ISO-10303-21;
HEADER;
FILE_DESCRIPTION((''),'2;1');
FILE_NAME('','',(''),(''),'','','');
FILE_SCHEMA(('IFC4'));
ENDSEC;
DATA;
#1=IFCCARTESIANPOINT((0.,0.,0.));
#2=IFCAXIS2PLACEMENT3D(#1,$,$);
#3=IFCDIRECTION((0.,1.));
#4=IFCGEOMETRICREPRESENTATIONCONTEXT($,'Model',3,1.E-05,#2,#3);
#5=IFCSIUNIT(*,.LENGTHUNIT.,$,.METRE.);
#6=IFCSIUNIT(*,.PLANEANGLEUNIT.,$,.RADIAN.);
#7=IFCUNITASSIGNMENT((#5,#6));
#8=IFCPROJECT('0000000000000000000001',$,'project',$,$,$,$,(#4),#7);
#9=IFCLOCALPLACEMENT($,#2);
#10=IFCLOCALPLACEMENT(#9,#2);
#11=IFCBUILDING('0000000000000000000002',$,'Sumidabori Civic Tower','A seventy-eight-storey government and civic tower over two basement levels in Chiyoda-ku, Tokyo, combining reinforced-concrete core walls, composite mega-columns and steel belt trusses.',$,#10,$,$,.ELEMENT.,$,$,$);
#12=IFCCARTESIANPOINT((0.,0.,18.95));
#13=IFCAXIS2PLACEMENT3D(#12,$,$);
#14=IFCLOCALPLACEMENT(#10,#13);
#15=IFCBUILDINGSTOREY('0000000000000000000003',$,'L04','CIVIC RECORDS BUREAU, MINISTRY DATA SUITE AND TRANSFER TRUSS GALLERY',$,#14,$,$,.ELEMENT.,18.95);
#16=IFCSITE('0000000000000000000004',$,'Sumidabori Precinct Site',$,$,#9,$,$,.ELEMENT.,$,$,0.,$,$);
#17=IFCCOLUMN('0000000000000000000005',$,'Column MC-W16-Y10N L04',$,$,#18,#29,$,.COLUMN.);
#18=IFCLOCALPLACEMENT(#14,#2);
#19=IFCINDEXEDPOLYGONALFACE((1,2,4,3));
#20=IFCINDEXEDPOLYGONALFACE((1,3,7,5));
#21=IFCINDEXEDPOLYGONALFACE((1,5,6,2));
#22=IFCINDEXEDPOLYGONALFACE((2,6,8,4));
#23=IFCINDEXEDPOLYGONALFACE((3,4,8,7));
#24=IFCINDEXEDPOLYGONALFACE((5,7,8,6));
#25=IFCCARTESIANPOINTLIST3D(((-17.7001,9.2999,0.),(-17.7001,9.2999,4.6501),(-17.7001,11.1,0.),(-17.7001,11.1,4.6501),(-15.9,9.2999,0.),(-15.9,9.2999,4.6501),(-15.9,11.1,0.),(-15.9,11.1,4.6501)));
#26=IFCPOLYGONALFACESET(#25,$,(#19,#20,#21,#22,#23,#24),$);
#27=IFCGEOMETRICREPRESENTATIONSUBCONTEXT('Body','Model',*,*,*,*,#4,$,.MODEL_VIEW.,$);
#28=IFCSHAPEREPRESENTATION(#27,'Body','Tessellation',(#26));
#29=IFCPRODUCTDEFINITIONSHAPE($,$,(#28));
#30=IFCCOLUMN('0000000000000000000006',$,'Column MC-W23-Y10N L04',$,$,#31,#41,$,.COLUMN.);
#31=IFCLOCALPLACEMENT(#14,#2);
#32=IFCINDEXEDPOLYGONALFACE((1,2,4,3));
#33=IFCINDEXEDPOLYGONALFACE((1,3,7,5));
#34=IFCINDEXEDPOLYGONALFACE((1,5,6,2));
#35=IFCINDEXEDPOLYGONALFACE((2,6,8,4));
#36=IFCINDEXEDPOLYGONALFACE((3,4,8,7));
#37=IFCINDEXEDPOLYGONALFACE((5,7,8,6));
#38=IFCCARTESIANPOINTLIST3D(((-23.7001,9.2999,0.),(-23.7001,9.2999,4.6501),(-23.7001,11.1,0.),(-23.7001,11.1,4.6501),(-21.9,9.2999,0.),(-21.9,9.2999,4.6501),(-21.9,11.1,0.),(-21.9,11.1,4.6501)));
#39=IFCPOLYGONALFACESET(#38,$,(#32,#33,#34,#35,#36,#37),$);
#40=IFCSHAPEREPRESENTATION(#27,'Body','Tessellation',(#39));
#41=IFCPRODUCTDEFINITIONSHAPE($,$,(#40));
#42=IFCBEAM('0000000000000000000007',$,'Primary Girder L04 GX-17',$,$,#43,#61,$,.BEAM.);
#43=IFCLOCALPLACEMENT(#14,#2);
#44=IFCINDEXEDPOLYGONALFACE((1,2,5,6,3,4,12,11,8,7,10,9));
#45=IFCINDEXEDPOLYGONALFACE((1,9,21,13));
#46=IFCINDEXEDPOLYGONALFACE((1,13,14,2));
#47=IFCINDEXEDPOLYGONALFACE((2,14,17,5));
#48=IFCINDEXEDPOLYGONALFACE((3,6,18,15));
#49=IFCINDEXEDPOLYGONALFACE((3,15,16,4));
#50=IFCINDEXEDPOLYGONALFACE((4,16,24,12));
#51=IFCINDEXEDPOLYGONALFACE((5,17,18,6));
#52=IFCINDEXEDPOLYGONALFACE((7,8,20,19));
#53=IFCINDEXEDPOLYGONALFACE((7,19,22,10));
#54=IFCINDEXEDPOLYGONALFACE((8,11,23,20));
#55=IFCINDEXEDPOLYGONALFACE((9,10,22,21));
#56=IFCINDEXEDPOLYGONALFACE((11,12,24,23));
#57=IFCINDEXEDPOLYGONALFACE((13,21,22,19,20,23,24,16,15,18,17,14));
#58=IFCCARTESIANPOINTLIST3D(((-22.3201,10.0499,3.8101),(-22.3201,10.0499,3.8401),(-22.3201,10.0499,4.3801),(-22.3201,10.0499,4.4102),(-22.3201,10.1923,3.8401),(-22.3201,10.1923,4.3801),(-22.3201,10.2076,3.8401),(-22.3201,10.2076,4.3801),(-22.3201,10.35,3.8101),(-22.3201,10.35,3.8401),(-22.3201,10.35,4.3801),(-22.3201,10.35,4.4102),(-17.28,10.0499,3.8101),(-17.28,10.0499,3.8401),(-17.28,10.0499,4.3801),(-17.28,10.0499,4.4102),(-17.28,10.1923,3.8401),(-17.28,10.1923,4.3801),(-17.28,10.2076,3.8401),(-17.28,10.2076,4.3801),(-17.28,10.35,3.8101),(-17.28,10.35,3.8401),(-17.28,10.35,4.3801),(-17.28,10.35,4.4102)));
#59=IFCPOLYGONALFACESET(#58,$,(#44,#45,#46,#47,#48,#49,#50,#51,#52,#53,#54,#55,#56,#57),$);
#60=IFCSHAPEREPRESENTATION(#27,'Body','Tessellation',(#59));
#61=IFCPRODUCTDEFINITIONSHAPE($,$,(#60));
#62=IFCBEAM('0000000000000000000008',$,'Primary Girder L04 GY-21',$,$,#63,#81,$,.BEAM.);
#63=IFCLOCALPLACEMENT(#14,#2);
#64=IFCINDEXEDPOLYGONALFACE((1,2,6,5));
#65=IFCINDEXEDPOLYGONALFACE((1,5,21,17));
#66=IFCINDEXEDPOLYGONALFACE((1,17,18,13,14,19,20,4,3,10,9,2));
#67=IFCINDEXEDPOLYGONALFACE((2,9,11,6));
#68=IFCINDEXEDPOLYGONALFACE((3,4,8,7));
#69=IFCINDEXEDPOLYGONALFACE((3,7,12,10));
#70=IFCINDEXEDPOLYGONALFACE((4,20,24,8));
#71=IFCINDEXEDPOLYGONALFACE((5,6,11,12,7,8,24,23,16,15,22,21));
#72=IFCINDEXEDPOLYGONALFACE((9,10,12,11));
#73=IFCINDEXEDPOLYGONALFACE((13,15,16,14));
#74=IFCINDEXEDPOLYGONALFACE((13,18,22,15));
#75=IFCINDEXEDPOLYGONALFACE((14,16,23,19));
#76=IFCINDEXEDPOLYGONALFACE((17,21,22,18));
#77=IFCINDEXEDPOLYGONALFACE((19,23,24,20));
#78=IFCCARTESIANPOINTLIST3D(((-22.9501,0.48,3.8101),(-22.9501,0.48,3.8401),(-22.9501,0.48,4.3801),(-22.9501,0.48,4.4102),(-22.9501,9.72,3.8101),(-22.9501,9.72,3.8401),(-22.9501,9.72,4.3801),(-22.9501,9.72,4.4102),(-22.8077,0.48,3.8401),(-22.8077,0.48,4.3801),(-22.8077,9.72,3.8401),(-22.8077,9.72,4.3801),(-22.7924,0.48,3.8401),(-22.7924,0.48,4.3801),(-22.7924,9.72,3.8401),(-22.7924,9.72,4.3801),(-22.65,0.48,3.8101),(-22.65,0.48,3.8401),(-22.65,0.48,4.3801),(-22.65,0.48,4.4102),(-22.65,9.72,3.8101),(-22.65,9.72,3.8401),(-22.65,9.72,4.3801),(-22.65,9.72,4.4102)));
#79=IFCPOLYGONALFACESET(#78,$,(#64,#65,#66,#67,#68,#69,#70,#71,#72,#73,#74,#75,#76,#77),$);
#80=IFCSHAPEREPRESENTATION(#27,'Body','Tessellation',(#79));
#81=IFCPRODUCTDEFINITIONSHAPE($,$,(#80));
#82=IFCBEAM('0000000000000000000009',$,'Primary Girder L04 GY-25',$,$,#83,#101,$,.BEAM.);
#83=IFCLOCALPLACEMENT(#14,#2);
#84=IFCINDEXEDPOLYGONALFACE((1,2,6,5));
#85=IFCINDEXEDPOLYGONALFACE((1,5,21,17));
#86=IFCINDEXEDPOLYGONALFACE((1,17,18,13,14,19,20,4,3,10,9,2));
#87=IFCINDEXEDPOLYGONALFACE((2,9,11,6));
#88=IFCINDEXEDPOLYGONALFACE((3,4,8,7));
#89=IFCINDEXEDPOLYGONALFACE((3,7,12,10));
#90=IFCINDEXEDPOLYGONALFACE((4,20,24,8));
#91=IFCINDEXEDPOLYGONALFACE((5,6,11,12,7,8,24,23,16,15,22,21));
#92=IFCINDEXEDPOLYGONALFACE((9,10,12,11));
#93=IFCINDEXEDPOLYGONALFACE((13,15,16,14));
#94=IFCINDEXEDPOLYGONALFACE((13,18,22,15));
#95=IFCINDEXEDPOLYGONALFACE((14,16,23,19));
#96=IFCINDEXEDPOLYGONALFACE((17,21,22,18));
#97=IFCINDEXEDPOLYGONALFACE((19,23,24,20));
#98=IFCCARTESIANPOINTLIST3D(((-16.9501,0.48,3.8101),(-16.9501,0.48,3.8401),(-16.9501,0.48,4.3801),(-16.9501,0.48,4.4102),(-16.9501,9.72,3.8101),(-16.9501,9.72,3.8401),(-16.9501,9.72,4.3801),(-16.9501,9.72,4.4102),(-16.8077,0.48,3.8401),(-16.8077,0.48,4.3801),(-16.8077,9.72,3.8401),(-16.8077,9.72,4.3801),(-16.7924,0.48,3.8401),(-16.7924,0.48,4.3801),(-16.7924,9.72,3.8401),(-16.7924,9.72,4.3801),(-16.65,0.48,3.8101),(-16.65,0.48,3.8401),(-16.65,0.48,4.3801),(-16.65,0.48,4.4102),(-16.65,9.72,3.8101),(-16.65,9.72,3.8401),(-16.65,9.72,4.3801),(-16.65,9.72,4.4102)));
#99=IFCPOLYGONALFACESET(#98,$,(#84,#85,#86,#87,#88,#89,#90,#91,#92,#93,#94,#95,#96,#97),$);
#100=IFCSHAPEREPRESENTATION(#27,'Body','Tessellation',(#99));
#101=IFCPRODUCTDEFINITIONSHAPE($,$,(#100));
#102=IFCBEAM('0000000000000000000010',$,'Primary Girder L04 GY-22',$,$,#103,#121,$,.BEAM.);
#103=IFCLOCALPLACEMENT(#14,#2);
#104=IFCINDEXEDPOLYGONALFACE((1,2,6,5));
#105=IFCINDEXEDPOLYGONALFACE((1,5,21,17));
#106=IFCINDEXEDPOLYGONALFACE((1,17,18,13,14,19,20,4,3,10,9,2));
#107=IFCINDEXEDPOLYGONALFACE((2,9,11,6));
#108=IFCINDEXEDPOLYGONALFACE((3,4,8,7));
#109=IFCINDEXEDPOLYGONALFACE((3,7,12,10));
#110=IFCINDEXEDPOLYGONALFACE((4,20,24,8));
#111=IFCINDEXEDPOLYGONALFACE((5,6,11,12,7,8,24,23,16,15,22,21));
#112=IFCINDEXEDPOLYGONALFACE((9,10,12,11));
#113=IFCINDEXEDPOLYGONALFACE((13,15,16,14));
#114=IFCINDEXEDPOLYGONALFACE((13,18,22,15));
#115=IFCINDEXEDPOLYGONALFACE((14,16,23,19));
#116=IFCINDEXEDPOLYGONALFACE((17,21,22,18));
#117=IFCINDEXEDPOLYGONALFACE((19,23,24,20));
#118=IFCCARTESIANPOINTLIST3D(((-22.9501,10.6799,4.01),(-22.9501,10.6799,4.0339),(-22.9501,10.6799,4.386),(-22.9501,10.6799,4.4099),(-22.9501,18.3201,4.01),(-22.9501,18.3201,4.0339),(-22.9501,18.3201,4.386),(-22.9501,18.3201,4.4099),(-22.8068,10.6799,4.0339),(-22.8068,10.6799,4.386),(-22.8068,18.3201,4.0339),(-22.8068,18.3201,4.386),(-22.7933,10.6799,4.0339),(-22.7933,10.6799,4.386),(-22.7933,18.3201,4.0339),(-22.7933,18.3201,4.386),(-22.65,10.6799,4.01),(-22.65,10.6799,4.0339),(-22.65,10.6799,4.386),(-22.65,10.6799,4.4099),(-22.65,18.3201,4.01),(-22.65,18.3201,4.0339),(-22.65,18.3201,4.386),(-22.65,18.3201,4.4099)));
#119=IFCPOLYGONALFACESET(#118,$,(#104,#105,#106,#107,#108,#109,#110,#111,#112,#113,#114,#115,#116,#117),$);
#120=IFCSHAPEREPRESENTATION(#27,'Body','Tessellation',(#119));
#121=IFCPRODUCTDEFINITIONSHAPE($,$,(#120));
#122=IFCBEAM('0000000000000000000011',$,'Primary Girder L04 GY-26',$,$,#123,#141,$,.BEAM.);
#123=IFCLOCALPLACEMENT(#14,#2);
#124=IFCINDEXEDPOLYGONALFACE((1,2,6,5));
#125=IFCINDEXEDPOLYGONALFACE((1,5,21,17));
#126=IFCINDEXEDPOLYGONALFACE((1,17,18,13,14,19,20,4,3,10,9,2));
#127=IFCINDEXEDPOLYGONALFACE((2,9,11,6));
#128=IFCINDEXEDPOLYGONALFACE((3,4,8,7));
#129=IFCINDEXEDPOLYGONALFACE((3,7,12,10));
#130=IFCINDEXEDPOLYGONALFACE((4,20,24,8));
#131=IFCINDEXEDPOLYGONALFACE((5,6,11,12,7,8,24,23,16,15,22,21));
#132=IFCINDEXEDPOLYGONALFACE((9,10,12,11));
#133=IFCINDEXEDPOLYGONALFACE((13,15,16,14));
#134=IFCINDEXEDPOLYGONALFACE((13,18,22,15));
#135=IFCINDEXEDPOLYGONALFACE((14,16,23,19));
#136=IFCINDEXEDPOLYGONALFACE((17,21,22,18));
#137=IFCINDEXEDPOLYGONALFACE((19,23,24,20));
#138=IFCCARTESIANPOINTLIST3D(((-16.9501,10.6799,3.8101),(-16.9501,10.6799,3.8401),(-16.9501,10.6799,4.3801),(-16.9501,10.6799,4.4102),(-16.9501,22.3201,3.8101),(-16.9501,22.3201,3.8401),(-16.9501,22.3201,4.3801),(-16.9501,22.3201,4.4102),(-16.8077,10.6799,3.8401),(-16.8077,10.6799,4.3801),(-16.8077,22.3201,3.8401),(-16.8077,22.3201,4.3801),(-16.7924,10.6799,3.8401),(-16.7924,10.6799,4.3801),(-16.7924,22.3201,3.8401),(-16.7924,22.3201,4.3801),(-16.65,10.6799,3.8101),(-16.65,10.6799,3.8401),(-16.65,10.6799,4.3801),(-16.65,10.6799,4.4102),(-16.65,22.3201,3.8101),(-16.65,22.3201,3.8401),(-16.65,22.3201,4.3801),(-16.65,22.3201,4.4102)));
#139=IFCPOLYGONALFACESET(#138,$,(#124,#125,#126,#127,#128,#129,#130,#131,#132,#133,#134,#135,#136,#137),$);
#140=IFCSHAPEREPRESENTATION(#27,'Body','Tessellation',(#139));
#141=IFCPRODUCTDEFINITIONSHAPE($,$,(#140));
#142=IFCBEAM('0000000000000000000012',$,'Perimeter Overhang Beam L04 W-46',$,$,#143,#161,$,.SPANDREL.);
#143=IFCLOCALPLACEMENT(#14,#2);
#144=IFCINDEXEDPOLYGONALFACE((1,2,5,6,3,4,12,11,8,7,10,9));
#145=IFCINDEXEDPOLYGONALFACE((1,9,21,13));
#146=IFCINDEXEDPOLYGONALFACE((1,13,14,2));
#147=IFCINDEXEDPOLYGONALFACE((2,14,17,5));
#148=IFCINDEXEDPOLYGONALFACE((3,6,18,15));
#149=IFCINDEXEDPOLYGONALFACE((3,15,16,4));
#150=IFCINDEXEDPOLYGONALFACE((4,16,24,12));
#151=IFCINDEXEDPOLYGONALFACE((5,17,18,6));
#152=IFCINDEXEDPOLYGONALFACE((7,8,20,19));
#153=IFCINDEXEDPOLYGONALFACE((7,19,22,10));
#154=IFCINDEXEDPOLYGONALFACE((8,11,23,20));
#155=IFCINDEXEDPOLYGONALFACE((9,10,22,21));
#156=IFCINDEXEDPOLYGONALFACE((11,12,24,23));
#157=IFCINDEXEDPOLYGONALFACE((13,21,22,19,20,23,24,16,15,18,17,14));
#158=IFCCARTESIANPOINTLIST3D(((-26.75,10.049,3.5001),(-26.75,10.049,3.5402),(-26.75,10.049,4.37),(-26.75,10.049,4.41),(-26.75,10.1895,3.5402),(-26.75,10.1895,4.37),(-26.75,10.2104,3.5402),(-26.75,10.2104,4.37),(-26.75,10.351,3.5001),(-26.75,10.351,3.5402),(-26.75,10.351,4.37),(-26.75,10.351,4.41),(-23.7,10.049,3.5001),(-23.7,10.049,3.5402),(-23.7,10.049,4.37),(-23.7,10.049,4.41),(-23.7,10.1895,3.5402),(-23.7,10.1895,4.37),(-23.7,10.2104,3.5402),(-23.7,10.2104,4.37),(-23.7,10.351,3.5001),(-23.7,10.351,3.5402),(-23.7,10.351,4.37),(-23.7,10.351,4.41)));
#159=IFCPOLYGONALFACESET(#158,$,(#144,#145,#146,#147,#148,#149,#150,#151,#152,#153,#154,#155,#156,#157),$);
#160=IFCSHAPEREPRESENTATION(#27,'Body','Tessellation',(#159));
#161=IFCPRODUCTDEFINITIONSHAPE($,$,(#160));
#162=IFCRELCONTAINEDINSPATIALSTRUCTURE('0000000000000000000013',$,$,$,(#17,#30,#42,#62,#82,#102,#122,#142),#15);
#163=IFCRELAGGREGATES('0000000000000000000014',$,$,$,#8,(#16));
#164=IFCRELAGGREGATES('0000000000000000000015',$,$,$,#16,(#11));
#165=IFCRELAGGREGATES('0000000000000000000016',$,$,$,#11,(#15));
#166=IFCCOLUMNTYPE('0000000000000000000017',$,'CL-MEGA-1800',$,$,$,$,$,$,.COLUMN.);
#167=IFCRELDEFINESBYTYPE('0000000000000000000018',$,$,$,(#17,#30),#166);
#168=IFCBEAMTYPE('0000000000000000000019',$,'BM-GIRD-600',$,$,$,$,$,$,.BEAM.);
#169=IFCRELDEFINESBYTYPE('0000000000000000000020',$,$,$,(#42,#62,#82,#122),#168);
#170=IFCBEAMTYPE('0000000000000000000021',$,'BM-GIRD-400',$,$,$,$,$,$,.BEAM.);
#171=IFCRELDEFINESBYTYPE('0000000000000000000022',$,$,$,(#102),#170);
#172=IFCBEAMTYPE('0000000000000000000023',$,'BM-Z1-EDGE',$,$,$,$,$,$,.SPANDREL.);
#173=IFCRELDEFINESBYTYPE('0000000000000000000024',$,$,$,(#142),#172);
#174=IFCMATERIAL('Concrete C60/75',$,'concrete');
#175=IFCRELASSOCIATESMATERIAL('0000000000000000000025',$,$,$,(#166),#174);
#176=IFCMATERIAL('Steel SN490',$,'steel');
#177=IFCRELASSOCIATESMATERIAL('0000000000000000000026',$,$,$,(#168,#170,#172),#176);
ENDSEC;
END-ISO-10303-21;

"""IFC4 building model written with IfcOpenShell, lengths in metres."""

from ifc_helpers import new_model, si_unit, direction, frame, origin, origin_2d, place, context, subcontext, project, spatial, rectangle, i_section, extrude, source, transform, mapped, material, material_profile, profile_set, type_object, element, save


model = new_model("IFC4")

# Units and contexts
model_context = context("Model", 3, precision=1e-05, world=origin(), true_north=direction((0.0, 1.0)))
body_context = subcontext(model_context, "Body", "Model", "MODEL_VIEW")
ifc_project = project(units=[si_unit("LENGTHUNIT", "METRE"), si_unit("PLANEANGLEUNIT", "RADIAN")], contexts=[model_context])

# Site, building, storey
site_placement = place(None, origin())
site = spatial("IfcSite", under=ifc_project, at=site_placement, Name="Sumidabori Precinct Site", CompositionType="ELEMENT", RefElevation=0.0)
building_placement = place(site_placement, origin())
building = spatial("IfcBuilding", under=site, at=building_placement, Name="Sumidabori Civic Tower", Description="A seventy-eight-storey government and civic tower over two basement levels in Chiyoda-ku, Tokyo, combining reinforced-concrete core walls, composite mega-columns and steel belt trusses.", CompositionType="ELEMENT")
storey_placement = place(building_placement, frame((0.0, 0.0, 18.95)))
storey = spatial("IfcBuildingStorey", under=building, at=storey_placement, Name="L04", Description="CIVIC RECORDS BUREAU, MINISTRY DATA SUITE AND TRANSFER TRUSS GALLERY", CompositionType="ELEMENT", Elevation=18.95)

# Columns
ifc_material_1 = material(Name="Concrete C60/75", Category="concrete")
ifc_material_profile_1 = material_profile(ifc_material_1, rectangle(XDim=1.8, YDim=1.8, at=origin_2d()), Name="RC 1800x1800")
ifc_profile_set_1 = profile_set([ifc_material_profile_1], Name="Concrete C60/75")
column_type = type_object("IfcColumnType", Name="CL-MEGA-1800", PredefinedType="COLUMN", material=ifc_profile_set_1)
shared_shape_1 = source(origin(), body_context, "Body", "SweptSolid", [
    extrude(rectangle(XDim=1.8, YDim=1.8, at=origin_2d()), origin(), (0.0, 0.0, 1.0), 4.6501),
])
for number, where, z_axis, x_axis, name in (
    (1, (-16.8, 10.2, 0.0), (0.0, 0.0, 1.0), (1.0, 0.0, 0.0), "Column MC-W16-Y10N L04"),
    (2, (-22.8, 10.2, 0.0), (0.0, 0.0, 1.0), (1.0, 0.0, 0.0), "Column MC-W23-Y10N L04"),
):
    element("IfcColumn", number, at=place(storey_placement, frame(where, z_axis=z_axis, x_axis=x_axis)), inside=storey, type_object=column_type, Name=name, PredefinedType="COLUMN", context=body_context, shape_type="MappedRepresentation", body=[
        mapped(shared_shape_1, transform((0.0, 0.0, 0.0), x_axis=(1.0, 0.0, 0.0), y_axis=(0.0, 1.0, 0.0), z_axis=(0.0, 0.0, 1.0), scale=1.0)),
    ])

# Beams
ifc_material_2 = material(Name="Steel SN490", Category="steel")
ifc_material_profile_2 = material_profile(ifc_material_2, i_section(OverallWidth=0.3, OverallDepth=0.6001, WebThickness=0.0154, FlangeThickness=0.03, at=origin_2d()), Name="HE 600 B")
ifc_profile_set_2 = profile_set([ifc_material_profile_2], Name="Steel SN490")
beam_type_1 = type_object("IfcBeamType", Name="BM-GIRD-600", PredefinedType="BEAM", material=ifc_profile_set_2)
shared_shape_2 = source(origin(), body_context, "Body", "SweptSolid", [
    extrude(i_section(OverallWidth=0.3, OverallDepth=0.6001, WebThickness=0.0154, FlangeThickness=0.03, at=origin_2d()), origin(), (0.0, 0.0, 1.0), 5.04),
])
beam_1_placement = place(storey_placement, frame((-22.3201, 10.2, 4.1101), z_axis=(1.0, 0.0, 0.0), x_axis=(0.0, 1.0, 0.0)))
element("IfcBeam", 3, at=beam_1_placement, inside=storey, type_object=beam_type_1, Name="Primary Girder L04 GX-17", PredefinedType="BEAM", context=body_context, shape_type="MappedRepresentation", body=[
    mapped(shared_shape_2, transform((0.0, 0.0, 0.0), x_axis=(1.0, 0.0, 0.0), y_axis=(0.0, 1.0, 0.0), z_axis=(0.0, 0.0, 1.0), scale=1.0)),
])
shared_shape_3 = source(origin(), body_context, "Body", "SweptSolid", [
    extrude(i_section(OverallWidth=0.3, OverallDepth=0.6001, WebThickness=0.0154, FlangeThickness=0.03, at=origin_2d()), origin(), (0.0, 0.0, 1.0), 9.24),
])
for number, where, z_axis, x_axis, name in (
    (4, (-22.8, 0.48, 4.1101), (0.0, 1.0, 0.0), (-1.0, 0.0, 0.0), "Primary Girder L04 GY-21"),
    (5, (-16.8, 0.48, 4.1101), (0.0, 1.0, 0.0), (-1.0, 0.0, 0.0), "Primary Girder L04 GY-25"),
):
    element("IfcBeam", number, at=place(storey_placement, frame(where, z_axis=z_axis, x_axis=x_axis)), inside=storey, type_object=beam_type_1, Name=name, PredefinedType="BEAM", context=body_context, shape_type="MappedRepresentation", body=[
        mapped(shared_shape_3, transform((0.0, 0.0, 0.0), x_axis=(1.0, 0.0, 0.0), y_axis=(0.0, 1.0, 0.0), z_axis=(0.0, 0.0, 1.0), scale=1.0)),
    ])
ifc_material_profile_3 = material_profile(ifc_material_2, i_section(OverallWidth=0.3, OverallDepth=0.3999, WebThickness=0.0134, FlangeThickness=0.0239, at=origin_2d()), Name="HE 400 B")
ifc_profile_set_3 = profile_set([ifc_material_profile_3], Name="Steel SN490")
beam_type_2 = type_object("IfcBeamType", Name="BM-GIRD-400", PredefinedType="BEAM", material=ifc_profile_set_3)
shared_shape_4 = source(origin(), body_context, "Body", "SweptSolid", [
    extrude(i_section(OverallWidth=0.3, OverallDepth=0.3999, WebThickness=0.0134, FlangeThickness=0.0239, at=origin_2d()), origin(), (0.0, 0.0, 1.0), 7.6401),
])
beam_2_placement = place(storey_placement, frame((-22.8, 10.6799, 4.21), z_axis=(0.0, 1.0, 0.0), x_axis=(-1.0, 0.0, 0.0)))
element("IfcBeam", 6, at=beam_2_placement, inside=storey, type_object=beam_type_2, Name="Primary Girder L04 GY-22", PredefinedType="BEAM", context=body_context, shape_type="MappedRepresentation", body=[
    mapped(shared_shape_4, transform((0.0, 0.0, 0.0), x_axis=(1.0, 0.0, 0.0), y_axis=(0.0, 1.0, 0.0), z_axis=(0.0, 0.0, 1.0), scale=1.0)),
])
shared_shape_5 = source(origin(), body_context, "Body", "SweptSolid", [
    extrude(i_section(OverallWidth=0.3, OverallDepth=0.6001, WebThickness=0.0154, FlangeThickness=0.03, at=origin_2d()), origin(), (0.0, 0.0, 1.0), 11.6401),
])
beam_3_placement = place(storey_placement, frame((-16.8, 10.6799, 4.1101), z_axis=(0.0, 1.0, 0.0), x_axis=(-1.0, 0.0, 0.0)))
element("IfcBeam", 7, at=beam_3_placement, inside=storey, type_object=beam_type_1, Name="Primary Girder L04 GY-26", PredefinedType="BEAM", context=body_context, shape_type="MappedRepresentation", body=[
    mapped(shared_shape_5, transform((0.0, 0.0, 0.0), x_axis=(1.0, 0.0, 0.0), y_axis=(0.0, 1.0, 0.0), z_axis=(0.0, 0.0, 1.0), scale=1.0)),
])
ifc_material_profile_4 = material_profile(ifc_material_2, i_section(OverallWidth=0.302, OverallDepth=0.9099, WebThickness=0.021, FlangeThickness=0.04, at=origin_2d()), Name="HE 900 M")
ifc_profile_set_4 = profile_set([ifc_material_profile_4], Name="Steel SN490")
beam_type_3 = type_object("IfcBeamType", Name="BM-Z1-EDGE", PredefinedType="SPANDREL", material=ifc_profile_set_4)
shared_shape_6 = source(origin(), body_context, "Body", "SweptSolid", [
    extrude(i_section(OverallWidth=0.302, OverallDepth=0.9099, WebThickness=0.021, FlangeThickness=0.04, at=origin_2d()), origin(), (0.0, 0.0, 1.0), 3.05),
])
beam_4_placement = place(storey_placement, frame((-26.75, 10.2, 3.9551), z_axis=(1.0, 0.0, 0.0), x_axis=(0.0, 1.0, 0.0)))
element("IfcBeam", 8, at=beam_4_placement, inside=storey, type_object=beam_type_3, Name="Perimeter Overhang Beam L04 W-46", PredefinedType="SPANDREL", context=body_context, shape_type="MappedRepresentation", body=[
    mapped(shared_shape_6, transform((0.0, 0.0, 0.0), x_axis=(1.0, 0.0, 0.0), y_axis=(0.0, 1.0, 0.0), z_axis=(0.0, 0.0, 1.0), scale=1.0)),
])

save(model, "model.ifc")
